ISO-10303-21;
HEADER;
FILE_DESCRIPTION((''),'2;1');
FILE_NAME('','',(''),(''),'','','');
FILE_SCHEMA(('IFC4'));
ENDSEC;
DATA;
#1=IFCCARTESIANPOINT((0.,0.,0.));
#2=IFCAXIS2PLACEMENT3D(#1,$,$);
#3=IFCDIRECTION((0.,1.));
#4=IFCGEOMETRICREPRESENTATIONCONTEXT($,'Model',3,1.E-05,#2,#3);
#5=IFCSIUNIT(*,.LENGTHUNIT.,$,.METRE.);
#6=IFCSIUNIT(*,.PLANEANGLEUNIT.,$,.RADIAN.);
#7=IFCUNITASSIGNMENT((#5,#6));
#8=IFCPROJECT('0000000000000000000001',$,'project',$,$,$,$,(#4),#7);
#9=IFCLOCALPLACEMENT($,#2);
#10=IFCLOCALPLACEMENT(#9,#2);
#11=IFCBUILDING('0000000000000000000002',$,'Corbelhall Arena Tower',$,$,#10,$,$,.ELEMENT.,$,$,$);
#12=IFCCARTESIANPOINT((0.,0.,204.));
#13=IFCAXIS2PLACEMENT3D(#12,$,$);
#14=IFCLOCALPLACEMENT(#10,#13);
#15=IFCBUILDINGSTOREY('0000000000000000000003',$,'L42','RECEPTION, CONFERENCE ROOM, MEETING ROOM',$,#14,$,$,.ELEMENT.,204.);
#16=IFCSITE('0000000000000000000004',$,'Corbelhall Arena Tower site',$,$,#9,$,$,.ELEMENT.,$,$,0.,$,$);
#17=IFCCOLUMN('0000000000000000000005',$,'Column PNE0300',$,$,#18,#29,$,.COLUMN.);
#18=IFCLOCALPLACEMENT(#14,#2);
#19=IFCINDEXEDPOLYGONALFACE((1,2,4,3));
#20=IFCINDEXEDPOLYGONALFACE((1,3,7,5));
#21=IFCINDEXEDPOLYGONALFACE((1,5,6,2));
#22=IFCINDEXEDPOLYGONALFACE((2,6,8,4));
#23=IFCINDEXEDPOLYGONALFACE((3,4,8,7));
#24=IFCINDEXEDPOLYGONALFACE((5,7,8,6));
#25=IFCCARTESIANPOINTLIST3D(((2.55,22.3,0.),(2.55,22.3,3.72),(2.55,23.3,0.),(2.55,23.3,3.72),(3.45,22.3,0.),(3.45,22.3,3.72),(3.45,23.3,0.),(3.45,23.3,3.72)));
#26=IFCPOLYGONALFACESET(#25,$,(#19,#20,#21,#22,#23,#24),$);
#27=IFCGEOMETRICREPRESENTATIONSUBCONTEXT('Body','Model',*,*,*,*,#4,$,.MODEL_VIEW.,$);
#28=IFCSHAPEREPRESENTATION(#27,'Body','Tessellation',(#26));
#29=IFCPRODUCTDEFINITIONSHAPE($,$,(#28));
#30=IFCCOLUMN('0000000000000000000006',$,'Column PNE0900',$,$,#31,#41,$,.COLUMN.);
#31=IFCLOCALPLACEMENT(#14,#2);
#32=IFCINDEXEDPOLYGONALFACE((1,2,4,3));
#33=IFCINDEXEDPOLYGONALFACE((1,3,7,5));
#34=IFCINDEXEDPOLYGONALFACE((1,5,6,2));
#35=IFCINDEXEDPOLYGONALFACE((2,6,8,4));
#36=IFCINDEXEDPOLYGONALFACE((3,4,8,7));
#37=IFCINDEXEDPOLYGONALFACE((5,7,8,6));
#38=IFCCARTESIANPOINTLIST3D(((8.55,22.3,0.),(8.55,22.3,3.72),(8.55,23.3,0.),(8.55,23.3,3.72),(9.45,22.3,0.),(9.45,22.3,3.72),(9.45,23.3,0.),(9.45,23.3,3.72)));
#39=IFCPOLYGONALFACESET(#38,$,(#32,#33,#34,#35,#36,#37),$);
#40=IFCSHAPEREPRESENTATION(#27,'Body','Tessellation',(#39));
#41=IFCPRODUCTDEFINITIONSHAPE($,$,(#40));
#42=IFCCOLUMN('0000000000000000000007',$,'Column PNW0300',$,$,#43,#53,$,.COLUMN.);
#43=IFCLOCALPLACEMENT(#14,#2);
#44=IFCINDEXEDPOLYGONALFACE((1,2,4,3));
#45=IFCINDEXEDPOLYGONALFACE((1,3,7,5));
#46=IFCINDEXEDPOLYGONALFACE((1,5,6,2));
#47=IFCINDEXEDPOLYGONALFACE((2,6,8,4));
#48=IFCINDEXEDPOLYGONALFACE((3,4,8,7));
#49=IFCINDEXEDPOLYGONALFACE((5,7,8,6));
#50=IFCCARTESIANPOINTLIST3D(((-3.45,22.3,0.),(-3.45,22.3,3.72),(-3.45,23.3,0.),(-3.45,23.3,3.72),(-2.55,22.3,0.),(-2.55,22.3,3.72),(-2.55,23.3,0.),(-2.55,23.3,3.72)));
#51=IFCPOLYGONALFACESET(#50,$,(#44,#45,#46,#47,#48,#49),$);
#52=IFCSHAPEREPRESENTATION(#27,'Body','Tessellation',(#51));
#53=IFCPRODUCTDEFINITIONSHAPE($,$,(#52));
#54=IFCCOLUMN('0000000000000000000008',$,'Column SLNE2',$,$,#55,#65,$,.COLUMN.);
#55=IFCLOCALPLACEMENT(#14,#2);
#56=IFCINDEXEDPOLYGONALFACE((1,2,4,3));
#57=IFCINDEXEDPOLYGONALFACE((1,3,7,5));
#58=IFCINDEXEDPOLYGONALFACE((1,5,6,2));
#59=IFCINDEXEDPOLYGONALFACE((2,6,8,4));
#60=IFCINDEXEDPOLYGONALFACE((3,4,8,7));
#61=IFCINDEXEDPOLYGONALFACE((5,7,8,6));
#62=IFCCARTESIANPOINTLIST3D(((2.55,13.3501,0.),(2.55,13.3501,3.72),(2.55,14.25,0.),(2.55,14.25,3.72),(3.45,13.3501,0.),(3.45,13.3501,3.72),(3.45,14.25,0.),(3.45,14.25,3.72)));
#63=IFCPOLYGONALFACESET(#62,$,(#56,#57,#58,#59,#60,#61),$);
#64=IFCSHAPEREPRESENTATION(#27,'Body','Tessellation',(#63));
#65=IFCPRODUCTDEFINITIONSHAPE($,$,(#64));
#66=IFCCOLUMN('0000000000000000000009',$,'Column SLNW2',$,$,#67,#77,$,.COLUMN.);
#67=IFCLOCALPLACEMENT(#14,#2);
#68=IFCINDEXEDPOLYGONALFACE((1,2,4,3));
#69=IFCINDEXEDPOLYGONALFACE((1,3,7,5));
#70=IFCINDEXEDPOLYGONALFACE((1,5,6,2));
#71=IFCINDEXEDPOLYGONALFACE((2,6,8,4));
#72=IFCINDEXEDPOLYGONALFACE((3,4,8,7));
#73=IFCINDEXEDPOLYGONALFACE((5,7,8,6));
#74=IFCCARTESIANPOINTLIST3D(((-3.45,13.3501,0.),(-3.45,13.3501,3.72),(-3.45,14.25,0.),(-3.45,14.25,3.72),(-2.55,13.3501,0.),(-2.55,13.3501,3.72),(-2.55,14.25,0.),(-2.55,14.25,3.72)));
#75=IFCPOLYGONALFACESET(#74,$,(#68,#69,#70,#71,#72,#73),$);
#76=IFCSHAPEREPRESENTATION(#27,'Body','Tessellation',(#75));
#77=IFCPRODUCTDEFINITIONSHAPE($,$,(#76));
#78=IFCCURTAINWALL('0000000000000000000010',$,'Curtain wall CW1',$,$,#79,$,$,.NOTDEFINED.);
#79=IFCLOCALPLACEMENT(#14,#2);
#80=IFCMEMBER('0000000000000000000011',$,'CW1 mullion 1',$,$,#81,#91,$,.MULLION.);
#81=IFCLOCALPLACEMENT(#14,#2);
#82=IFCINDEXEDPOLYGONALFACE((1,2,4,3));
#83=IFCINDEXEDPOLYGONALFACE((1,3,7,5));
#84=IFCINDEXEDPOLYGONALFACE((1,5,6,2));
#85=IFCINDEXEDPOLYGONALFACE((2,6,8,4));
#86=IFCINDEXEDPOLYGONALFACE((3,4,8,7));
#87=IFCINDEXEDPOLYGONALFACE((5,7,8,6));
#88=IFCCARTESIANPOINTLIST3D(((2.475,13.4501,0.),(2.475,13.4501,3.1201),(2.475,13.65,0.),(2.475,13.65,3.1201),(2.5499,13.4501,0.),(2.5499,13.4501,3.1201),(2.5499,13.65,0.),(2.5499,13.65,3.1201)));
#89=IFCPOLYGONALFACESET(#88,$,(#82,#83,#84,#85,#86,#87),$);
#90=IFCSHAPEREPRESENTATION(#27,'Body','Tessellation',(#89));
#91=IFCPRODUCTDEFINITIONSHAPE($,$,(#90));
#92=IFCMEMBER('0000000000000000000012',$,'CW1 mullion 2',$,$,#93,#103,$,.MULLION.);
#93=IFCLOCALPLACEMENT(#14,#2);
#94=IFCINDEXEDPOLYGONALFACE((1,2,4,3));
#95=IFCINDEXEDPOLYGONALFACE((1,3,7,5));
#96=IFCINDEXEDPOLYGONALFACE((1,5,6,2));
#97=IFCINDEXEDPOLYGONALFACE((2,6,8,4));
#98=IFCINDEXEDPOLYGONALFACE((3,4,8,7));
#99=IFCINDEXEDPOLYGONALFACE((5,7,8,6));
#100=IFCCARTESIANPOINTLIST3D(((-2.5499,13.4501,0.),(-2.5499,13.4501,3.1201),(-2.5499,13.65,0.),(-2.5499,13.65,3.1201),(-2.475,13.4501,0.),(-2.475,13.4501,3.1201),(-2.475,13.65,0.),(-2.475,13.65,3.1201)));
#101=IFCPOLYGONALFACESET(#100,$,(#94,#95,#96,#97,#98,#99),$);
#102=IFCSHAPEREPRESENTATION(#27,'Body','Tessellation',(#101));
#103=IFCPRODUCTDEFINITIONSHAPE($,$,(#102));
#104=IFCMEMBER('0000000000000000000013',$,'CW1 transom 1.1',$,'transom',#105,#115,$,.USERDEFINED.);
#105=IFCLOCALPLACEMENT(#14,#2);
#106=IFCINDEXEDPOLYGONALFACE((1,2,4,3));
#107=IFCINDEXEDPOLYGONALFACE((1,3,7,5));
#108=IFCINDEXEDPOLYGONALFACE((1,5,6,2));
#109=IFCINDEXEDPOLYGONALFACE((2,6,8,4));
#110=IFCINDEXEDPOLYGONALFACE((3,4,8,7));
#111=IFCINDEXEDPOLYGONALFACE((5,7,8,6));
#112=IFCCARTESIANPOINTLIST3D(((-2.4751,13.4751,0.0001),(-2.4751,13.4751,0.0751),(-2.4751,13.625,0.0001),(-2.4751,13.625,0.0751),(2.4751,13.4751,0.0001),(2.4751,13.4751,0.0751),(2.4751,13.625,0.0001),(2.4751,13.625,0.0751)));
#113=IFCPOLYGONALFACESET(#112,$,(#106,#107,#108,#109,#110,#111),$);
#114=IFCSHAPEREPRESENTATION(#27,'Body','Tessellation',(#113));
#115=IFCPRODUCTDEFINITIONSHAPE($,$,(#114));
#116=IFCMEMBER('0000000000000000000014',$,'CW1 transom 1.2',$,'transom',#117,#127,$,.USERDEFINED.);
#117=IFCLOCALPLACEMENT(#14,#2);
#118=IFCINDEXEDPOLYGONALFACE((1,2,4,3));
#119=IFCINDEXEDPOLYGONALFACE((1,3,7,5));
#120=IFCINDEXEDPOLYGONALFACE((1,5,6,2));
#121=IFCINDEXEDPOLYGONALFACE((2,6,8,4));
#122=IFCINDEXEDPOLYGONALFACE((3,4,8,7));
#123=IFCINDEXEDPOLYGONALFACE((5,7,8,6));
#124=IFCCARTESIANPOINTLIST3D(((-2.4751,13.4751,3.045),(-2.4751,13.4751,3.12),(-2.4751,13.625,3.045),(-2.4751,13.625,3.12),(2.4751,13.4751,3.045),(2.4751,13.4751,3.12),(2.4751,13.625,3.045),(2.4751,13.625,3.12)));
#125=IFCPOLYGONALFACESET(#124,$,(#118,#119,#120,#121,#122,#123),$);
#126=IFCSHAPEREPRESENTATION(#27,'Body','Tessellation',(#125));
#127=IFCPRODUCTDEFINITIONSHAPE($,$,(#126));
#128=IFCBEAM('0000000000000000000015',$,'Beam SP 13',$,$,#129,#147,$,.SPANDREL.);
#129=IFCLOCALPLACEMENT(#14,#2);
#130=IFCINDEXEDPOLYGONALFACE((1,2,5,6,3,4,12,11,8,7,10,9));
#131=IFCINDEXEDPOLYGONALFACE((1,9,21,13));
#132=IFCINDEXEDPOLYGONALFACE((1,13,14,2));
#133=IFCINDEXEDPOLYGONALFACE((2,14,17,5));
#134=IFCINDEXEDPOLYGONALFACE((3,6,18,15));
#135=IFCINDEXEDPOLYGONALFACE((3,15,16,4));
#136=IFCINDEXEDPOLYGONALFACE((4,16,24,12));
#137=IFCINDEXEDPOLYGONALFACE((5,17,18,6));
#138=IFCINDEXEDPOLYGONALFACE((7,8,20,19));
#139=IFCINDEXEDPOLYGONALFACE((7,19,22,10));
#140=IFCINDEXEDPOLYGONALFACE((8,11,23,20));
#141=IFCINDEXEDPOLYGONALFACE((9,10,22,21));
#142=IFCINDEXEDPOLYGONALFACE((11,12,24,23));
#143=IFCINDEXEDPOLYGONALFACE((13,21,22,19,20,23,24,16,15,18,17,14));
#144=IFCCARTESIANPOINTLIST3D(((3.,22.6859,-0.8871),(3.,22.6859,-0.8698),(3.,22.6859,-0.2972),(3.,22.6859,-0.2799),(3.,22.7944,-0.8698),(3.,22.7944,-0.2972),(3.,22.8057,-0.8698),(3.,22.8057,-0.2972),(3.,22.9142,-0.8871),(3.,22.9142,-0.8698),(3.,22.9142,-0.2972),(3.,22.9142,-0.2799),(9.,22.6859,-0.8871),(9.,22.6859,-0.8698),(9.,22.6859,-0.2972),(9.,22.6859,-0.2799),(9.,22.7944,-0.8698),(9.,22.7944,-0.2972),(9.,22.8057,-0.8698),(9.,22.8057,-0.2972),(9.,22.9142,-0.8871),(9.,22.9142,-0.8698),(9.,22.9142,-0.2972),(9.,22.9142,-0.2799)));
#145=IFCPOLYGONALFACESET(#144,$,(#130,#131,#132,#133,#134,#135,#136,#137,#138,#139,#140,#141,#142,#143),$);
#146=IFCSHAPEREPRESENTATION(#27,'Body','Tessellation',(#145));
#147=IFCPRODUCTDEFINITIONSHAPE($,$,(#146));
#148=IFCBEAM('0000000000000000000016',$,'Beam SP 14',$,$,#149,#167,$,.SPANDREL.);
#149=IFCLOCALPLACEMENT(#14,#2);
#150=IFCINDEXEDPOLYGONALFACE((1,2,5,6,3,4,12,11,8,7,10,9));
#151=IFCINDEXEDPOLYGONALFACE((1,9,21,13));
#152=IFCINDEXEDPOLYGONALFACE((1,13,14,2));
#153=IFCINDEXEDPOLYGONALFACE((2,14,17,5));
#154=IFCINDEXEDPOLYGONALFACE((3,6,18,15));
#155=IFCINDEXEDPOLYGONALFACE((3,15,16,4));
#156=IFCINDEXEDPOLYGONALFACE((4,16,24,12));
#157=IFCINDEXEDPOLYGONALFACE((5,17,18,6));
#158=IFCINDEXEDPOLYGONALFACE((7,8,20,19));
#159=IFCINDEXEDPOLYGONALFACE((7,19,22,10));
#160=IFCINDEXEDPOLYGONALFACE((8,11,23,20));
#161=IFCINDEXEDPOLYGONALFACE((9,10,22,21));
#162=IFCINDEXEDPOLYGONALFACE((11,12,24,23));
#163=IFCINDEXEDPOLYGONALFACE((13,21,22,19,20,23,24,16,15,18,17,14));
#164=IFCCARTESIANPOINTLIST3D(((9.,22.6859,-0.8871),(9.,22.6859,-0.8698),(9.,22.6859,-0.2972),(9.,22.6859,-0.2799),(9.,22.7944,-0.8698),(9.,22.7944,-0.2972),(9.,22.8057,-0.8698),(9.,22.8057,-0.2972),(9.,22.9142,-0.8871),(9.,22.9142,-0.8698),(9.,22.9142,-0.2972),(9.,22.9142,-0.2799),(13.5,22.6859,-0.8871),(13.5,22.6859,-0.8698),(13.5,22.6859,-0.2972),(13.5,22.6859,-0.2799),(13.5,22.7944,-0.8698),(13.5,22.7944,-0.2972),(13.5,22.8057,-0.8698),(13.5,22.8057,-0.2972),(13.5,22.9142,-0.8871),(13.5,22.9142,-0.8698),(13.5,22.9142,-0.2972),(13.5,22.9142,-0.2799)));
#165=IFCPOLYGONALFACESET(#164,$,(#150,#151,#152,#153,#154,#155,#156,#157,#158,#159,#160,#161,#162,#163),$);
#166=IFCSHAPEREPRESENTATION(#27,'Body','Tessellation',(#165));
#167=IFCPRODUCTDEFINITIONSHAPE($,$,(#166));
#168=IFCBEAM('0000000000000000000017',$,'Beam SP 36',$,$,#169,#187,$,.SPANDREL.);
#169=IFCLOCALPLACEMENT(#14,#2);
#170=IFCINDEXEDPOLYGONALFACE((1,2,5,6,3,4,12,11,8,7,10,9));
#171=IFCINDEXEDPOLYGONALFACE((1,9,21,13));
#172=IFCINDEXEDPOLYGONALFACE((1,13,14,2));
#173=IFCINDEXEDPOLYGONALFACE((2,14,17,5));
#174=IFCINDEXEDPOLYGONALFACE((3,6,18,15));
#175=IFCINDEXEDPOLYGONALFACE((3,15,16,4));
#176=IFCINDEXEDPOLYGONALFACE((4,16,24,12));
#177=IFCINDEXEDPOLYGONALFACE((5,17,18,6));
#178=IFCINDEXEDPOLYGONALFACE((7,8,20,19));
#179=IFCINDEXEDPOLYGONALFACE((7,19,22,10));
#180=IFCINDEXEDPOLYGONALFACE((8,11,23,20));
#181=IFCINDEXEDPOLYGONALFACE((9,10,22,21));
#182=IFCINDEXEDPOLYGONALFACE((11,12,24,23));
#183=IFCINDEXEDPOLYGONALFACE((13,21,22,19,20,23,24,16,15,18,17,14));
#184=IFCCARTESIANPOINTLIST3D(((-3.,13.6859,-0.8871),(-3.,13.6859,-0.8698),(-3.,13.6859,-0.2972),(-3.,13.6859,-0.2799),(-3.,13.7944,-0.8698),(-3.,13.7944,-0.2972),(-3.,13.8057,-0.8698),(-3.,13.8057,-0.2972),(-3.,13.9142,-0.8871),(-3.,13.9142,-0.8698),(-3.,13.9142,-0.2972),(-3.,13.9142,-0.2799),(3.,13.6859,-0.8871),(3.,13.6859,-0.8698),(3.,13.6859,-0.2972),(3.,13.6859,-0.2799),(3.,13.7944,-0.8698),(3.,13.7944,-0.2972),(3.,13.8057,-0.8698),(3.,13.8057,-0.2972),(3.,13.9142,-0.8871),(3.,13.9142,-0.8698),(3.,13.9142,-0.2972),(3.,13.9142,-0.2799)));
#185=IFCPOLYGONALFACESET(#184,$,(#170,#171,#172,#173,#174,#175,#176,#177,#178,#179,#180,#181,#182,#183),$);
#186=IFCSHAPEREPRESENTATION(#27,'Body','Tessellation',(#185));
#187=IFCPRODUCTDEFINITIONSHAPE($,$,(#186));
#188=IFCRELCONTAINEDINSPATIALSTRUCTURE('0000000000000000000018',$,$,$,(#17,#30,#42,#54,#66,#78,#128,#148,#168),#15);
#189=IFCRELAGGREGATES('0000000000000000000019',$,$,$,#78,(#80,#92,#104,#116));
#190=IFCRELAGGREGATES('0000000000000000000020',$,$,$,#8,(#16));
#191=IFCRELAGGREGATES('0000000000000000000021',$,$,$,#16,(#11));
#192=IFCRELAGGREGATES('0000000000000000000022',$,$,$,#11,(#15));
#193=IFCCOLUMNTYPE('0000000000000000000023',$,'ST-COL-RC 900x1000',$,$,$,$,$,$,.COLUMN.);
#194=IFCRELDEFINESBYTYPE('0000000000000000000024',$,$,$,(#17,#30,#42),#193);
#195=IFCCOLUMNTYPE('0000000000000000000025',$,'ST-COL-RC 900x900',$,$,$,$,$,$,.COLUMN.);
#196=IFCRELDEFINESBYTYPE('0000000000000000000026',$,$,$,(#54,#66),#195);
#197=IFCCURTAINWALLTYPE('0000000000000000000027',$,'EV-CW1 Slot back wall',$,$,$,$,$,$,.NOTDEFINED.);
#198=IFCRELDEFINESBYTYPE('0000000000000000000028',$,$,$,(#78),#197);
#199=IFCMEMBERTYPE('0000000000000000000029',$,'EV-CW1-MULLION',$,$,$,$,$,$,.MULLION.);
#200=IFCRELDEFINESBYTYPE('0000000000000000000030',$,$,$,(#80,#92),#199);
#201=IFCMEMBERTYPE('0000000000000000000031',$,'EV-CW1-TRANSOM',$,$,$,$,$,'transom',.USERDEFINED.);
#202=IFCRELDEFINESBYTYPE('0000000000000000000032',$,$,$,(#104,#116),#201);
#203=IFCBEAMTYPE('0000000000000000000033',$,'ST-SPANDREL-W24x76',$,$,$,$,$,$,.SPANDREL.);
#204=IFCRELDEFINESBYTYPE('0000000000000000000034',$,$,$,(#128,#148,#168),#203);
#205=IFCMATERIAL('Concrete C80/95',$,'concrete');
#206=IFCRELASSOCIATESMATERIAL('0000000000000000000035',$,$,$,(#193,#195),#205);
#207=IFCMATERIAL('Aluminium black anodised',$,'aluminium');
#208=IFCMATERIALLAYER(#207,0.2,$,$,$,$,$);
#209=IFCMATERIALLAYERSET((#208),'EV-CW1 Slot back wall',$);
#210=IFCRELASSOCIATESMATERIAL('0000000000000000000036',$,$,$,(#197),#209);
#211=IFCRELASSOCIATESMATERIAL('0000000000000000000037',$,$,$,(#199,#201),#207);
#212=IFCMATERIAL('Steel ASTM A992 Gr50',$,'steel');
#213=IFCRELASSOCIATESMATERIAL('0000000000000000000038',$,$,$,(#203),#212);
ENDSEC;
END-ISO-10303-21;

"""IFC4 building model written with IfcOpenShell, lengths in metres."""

from ifc_helpers import new_model, si_unit, direction, frame, origin, origin_2d, place, context, subcontext, project, spatial, rectangle, i_section, extrude, material, layer, layer_set, material_profile, profile_set, type_object, element, aggregate, save


model = new_model("IFC4")

# Units and contexts
model_context = context("Model", 3, precision=1e-05, world=origin(), true_north=direction((0.0, 1.0)))
body_context = subcontext(model_context, "Body", "Model", "MODEL_VIEW")
ifc_project = project(units=[si_unit("LENGTHUNIT", "METRE"), si_unit("PLANEANGLEUNIT", "RADIAN")], contexts=[model_context])

# Site, building, storey
site_placement = place(None, origin())
site = spatial("IfcSite", under=ifc_project, at=site_placement, Name="Corbelhall Arena Tower site", CompositionType="ELEMENT", RefElevation=0.0)
building_placement = place(site_placement, origin())
building = spatial("IfcBuilding", under=site, at=building_placement, Name="Corbelhall Arena Tower", CompositionType="ELEMENT")
storey_placement = place(building_placement, frame((0.0, 0.0, 204.0)))
storey = spatial("IfcBuildingStorey", under=building, at=storey_placement, Name="L42", Description="RECEPTION, CONFERENCE ROOM, MEETING ROOM", CompositionType="ELEMENT", Elevation=204.0)

# Columns
ifc_material_1 = material(Name="Concrete C80/95", Category="concrete")
ifc_material_profile_1 = material_profile(ifc_material_1, rectangle(XDim=0.8999, YDim=1.0, at=origin_2d()))
ifc_profile_set_1 = profile_set([ifc_material_profile_1], Name="Concrete C80/95")
column_type_1 = type_object("IfcColumnType", Name="ST-COL-RC 900x1000", PredefinedType="COLUMN", material=ifc_profile_set_1)
for number, where, z_axis, x_axis, name in (
    (1, (3.0, 22.8, 0.0), (0.0, 0.0, 1.0), (1.0, 0.0, 0.0), "Column PNE0300"),
    (2, (9.0, 22.8, 0.0), (0.0, 0.0, 1.0), (1.0, 0.0, 0.0), "Column PNE0900"),
    (3, (-3.0, 22.8, 0.0), (0.0, 0.0, 1.0), (1.0, 0.0, 0.0), "Column PNW0300"),
):
    element("IfcColumn", number, at=place(storey_placement, frame(where, z_axis=z_axis, x_axis=x_axis)), inside=storey, type_object=column_type_1, Name=name, PredefinedType="COLUMN", context=body_context, shape_type="SweptSolid", body=[
        extrude(rectangle(XDim=0.8999, YDim=1.0, at=origin_2d()), origin(), (0.0, 0.0, 1.0), 3.72),
    ])
ifc_material_profile_2 = material_profile(ifc_material_1, rectangle(XDim=0.8999, YDim=0.8999, at=origin_2d()))
ifc_profile_set_2 = profile_set([ifc_material_profile_2], Name="Concrete C80/95")
column_type_2 = type_object("IfcColumnType", Name="ST-COL-RC 900x900", PredefinedType="COLUMN", material=ifc_profile_set_2)
for number, where, z_axis, x_axis, name in (
    (4, (3.0, 13.8, 0.0), (0.0, 0.0, 1.0), (1.0, 0.0, 0.0), "Column SLNE2"),
    (5, (-3.0, 13.8, 0.0), (0.0, 0.0, 1.0), (1.0, 0.0, 0.0), "Column SLNW2"),
):
    element("IfcColumn", number, at=place(storey_placement, frame(where, z_axis=z_axis, x_axis=x_axis)), inside=storey, type_object=column_type_2, Name=name, PredefinedType="COLUMN", context=body_context, shape_type="SweptSolid", body=[
        extrude(rectangle(XDim=0.8999, YDim=0.8999, at=origin_2d()), origin(), (0.0, 0.0, 1.0), 3.72),
    ])

# Curtain wall, members
ifc_material_2 = material(Name="Aluminium black anodised", Category="aluminium")
ifc_layer_1 = layer(ifc_material_2, 0.2)
ifc_layer_set_1 = layer_set([ifc_layer_1], Name="EV-CW1 Slot back wall")
curtain_wall_type = type_object("IfcCurtainWallType", Name="EV-CW1 Slot back wall", PredefinedType="NOTDEFINED", material=ifc_layer_set_1)
curtain_wall_placement = place(storey_placement, origin())
curtain_wall = element("IfcCurtainWall", 6, at=curtain_wall_placement, inside=storey, type_object=curtain_wall_type, Name="Curtain wall CW1", PredefinedType="NOTDEFINED")
ifc_material_profile_3 = material_profile(ifc_material_2, rectangle(XDim=0.2, YDim=0.075, at=origin_2d()))
ifc_profile_set_3 = profile_set([ifc_material_profile_3], Name="Aluminium black anodised")
member_type_1 = type_object("IfcMemberType", Name="EV-CW1-MULLION", PredefinedType="MULLION", material=ifc_profile_set_3)
member_1_placement = place(storey_placement, frame((2.5125, 13.55, 0.0), z_axis=(0.0, 0.0, 1.0), x_axis=(0.0, -1.0, 0.0)))
member_1 = element("IfcMember", 7, at=member_1_placement, type_object=member_type_1, Name="CW1 mullion 1", PredefinedType="MULLION", context=body_context, shape_type="SweptSolid", body=[
    extrude(rectangle(XDim=0.2, YDim=0.075, at=origin_2d()), origin(), (0.0, 0.0, 1.0), 3.1201),
])
member_2_placement = place(storey_placement, frame((-2.5125, 13.55, 0.0), z_axis=(0.0, 0.0, 1.0), x_axis=(0.0, -1.0, 0.0)))
member_2 = element("IfcMember", 8, at=member_2_placement, type_object=member_type_1, Name="CW1 mullion 2", PredefinedType="MULLION", context=body_context, shape_type="SweptSolid", body=[
    extrude(rectangle(XDim=0.2, YDim=0.075, at=origin_2d()), origin(), (0.0, 0.0, 1.0), 3.1201),
])
ifc_material_profile_4 = material_profile(ifc_material_2, rectangle(XDim=0.1499, YDim=0.075, at=origin_2d()))
ifc_profile_set_4 = profile_set([ifc_material_profile_4], Name="Aluminium black anodised")
member_type_2 = type_object("IfcMemberType", Name="EV-CW1-TRANSOM", ElementType="transom", PredefinedType="USERDEFINED", material=ifc_profile_set_4)
member_3_placement = place(storey_placement, frame((2.4751, 13.55, 0.0376), z_axis=(-1.0, 0.0, 0.0), x_axis=(0.0, -1.0, 0.0)))
member_3 = element("IfcMember", 9, at=member_3_placement, type_object=member_type_2, Name="CW1 transom 1.1", ObjectType="transom", PredefinedType="USERDEFINED", context=body_context, shape_type="SweptSolid", body=[
    extrude(rectangle(XDim=0.1499, YDim=0.075, at=origin_2d()), origin(), (0.0, 0.0, 1.0), 4.9502),
])
member_4_placement = place(storey_placement, frame((2.4751, 13.55, 3.0825), z_axis=(-1.0, 0.0, 0.0), x_axis=(0.0, -1.0, 0.0)))
member_4 = element("IfcMember", 10, at=member_4_placement, type_object=member_type_2, Name="CW1 transom 1.2", ObjectType="transom", PredefinedType="USERDEFINED", context=body_context, shape_type="SweptSolid", body=[
    extrude(rectangle(XDim=0.1499, YDim=0.075, at=origin_2d()), origin(), (0.0, 0.0, 1.0), 4.9502),
])

# Beams
ifc_material_3 = material(Name="Steel ASTM A992 Gr50", Category="steel")
ifc_material_profile_5 = material_profile(ifc_material_3, i_section(OverallWidth=0.2283, OverallDepth=0.6072, WebThickness=0.0112, FlangeThickness=0.0173, at=origin_2d()))
ifc_profile_set_5 = profile_set([ifc_material_profile_5], Name="Steel ASTM A992 Gr50")
beam_type_1 = type_object("IfcBeamType", Name="ST-SPANDREL-W24x76", PredefinedType="SPANDREL", material=ifc_profile_set_5)
beam_1_placement = place(storey_placement, frame((3.0, 22.8, -0.5835), z_axis=(1.0, 0.0, 0.0), x_axis=(0.0, 1.0, 0.0)))
element("IfcBeam", 11, at=beam_1_placement, inside=storey, type_object=beam_type_1, Name="Beam SP 13", PredefinedType="SPANDREL", context=body_context, shape_type="SweptSolid", body=[
    extrude(i_section(OverallWidth=0.2283, OverallDepth=0.6072, WebThickness=0.0112, FlangeThickness=0.0173, at=origin_2d()), origin(), (0.0, 0.0, 1.0), 6.0),
])
beam_2_placement = place(storey_placement, frame((9.0, 22.8, -0.5835), z_axis=(1.0, 0.0, 0.0), x_axis=(0.0, 1.0, 0.0)))
element("IfcBeam", 12, at=beam_2_placement, inside=storey, type_object=beam_type_1, Name="Beam SP 14", PredefinedType="SPANDREL", context=body_context, shape_type="SweptSolid", body=[
    extrude(i_section(OverallWidth=0.2283, OverallDepth=0.6072, WebThickness=0.0112, FlangeThickness=0.0173, at=origin_2d()), origin(), (0.0, 0.0, 1.0), 4.5),
])
beam_3_placement = place(storey_placement, frame((-3.0, 13.8, -0.5835), z_axis=(1.0, 0.0, 0.0), x_axis=(0.0, 1.0, 0.0)))
element("IfcBeam", 13, at=beam_3_placement, inside=storey, type_object=beam_type_1, Name="Beam SP 36", PredefinedType="SPANDREL", context=body_context, shape_type="SweptSolid", body=[
    extrude(i_section(OverallWidth=0.2283, OverallDepth=0.6072, WebThickness=0.0112, FlangeThickness=0.0173, at=origin_2d()), origin(), (0.0, 0.0, 1.0), 6.0),
])

aggregate(curtain_wall, [member_1, member_2, member_3, member_4])

save(model, "model.ifc")
